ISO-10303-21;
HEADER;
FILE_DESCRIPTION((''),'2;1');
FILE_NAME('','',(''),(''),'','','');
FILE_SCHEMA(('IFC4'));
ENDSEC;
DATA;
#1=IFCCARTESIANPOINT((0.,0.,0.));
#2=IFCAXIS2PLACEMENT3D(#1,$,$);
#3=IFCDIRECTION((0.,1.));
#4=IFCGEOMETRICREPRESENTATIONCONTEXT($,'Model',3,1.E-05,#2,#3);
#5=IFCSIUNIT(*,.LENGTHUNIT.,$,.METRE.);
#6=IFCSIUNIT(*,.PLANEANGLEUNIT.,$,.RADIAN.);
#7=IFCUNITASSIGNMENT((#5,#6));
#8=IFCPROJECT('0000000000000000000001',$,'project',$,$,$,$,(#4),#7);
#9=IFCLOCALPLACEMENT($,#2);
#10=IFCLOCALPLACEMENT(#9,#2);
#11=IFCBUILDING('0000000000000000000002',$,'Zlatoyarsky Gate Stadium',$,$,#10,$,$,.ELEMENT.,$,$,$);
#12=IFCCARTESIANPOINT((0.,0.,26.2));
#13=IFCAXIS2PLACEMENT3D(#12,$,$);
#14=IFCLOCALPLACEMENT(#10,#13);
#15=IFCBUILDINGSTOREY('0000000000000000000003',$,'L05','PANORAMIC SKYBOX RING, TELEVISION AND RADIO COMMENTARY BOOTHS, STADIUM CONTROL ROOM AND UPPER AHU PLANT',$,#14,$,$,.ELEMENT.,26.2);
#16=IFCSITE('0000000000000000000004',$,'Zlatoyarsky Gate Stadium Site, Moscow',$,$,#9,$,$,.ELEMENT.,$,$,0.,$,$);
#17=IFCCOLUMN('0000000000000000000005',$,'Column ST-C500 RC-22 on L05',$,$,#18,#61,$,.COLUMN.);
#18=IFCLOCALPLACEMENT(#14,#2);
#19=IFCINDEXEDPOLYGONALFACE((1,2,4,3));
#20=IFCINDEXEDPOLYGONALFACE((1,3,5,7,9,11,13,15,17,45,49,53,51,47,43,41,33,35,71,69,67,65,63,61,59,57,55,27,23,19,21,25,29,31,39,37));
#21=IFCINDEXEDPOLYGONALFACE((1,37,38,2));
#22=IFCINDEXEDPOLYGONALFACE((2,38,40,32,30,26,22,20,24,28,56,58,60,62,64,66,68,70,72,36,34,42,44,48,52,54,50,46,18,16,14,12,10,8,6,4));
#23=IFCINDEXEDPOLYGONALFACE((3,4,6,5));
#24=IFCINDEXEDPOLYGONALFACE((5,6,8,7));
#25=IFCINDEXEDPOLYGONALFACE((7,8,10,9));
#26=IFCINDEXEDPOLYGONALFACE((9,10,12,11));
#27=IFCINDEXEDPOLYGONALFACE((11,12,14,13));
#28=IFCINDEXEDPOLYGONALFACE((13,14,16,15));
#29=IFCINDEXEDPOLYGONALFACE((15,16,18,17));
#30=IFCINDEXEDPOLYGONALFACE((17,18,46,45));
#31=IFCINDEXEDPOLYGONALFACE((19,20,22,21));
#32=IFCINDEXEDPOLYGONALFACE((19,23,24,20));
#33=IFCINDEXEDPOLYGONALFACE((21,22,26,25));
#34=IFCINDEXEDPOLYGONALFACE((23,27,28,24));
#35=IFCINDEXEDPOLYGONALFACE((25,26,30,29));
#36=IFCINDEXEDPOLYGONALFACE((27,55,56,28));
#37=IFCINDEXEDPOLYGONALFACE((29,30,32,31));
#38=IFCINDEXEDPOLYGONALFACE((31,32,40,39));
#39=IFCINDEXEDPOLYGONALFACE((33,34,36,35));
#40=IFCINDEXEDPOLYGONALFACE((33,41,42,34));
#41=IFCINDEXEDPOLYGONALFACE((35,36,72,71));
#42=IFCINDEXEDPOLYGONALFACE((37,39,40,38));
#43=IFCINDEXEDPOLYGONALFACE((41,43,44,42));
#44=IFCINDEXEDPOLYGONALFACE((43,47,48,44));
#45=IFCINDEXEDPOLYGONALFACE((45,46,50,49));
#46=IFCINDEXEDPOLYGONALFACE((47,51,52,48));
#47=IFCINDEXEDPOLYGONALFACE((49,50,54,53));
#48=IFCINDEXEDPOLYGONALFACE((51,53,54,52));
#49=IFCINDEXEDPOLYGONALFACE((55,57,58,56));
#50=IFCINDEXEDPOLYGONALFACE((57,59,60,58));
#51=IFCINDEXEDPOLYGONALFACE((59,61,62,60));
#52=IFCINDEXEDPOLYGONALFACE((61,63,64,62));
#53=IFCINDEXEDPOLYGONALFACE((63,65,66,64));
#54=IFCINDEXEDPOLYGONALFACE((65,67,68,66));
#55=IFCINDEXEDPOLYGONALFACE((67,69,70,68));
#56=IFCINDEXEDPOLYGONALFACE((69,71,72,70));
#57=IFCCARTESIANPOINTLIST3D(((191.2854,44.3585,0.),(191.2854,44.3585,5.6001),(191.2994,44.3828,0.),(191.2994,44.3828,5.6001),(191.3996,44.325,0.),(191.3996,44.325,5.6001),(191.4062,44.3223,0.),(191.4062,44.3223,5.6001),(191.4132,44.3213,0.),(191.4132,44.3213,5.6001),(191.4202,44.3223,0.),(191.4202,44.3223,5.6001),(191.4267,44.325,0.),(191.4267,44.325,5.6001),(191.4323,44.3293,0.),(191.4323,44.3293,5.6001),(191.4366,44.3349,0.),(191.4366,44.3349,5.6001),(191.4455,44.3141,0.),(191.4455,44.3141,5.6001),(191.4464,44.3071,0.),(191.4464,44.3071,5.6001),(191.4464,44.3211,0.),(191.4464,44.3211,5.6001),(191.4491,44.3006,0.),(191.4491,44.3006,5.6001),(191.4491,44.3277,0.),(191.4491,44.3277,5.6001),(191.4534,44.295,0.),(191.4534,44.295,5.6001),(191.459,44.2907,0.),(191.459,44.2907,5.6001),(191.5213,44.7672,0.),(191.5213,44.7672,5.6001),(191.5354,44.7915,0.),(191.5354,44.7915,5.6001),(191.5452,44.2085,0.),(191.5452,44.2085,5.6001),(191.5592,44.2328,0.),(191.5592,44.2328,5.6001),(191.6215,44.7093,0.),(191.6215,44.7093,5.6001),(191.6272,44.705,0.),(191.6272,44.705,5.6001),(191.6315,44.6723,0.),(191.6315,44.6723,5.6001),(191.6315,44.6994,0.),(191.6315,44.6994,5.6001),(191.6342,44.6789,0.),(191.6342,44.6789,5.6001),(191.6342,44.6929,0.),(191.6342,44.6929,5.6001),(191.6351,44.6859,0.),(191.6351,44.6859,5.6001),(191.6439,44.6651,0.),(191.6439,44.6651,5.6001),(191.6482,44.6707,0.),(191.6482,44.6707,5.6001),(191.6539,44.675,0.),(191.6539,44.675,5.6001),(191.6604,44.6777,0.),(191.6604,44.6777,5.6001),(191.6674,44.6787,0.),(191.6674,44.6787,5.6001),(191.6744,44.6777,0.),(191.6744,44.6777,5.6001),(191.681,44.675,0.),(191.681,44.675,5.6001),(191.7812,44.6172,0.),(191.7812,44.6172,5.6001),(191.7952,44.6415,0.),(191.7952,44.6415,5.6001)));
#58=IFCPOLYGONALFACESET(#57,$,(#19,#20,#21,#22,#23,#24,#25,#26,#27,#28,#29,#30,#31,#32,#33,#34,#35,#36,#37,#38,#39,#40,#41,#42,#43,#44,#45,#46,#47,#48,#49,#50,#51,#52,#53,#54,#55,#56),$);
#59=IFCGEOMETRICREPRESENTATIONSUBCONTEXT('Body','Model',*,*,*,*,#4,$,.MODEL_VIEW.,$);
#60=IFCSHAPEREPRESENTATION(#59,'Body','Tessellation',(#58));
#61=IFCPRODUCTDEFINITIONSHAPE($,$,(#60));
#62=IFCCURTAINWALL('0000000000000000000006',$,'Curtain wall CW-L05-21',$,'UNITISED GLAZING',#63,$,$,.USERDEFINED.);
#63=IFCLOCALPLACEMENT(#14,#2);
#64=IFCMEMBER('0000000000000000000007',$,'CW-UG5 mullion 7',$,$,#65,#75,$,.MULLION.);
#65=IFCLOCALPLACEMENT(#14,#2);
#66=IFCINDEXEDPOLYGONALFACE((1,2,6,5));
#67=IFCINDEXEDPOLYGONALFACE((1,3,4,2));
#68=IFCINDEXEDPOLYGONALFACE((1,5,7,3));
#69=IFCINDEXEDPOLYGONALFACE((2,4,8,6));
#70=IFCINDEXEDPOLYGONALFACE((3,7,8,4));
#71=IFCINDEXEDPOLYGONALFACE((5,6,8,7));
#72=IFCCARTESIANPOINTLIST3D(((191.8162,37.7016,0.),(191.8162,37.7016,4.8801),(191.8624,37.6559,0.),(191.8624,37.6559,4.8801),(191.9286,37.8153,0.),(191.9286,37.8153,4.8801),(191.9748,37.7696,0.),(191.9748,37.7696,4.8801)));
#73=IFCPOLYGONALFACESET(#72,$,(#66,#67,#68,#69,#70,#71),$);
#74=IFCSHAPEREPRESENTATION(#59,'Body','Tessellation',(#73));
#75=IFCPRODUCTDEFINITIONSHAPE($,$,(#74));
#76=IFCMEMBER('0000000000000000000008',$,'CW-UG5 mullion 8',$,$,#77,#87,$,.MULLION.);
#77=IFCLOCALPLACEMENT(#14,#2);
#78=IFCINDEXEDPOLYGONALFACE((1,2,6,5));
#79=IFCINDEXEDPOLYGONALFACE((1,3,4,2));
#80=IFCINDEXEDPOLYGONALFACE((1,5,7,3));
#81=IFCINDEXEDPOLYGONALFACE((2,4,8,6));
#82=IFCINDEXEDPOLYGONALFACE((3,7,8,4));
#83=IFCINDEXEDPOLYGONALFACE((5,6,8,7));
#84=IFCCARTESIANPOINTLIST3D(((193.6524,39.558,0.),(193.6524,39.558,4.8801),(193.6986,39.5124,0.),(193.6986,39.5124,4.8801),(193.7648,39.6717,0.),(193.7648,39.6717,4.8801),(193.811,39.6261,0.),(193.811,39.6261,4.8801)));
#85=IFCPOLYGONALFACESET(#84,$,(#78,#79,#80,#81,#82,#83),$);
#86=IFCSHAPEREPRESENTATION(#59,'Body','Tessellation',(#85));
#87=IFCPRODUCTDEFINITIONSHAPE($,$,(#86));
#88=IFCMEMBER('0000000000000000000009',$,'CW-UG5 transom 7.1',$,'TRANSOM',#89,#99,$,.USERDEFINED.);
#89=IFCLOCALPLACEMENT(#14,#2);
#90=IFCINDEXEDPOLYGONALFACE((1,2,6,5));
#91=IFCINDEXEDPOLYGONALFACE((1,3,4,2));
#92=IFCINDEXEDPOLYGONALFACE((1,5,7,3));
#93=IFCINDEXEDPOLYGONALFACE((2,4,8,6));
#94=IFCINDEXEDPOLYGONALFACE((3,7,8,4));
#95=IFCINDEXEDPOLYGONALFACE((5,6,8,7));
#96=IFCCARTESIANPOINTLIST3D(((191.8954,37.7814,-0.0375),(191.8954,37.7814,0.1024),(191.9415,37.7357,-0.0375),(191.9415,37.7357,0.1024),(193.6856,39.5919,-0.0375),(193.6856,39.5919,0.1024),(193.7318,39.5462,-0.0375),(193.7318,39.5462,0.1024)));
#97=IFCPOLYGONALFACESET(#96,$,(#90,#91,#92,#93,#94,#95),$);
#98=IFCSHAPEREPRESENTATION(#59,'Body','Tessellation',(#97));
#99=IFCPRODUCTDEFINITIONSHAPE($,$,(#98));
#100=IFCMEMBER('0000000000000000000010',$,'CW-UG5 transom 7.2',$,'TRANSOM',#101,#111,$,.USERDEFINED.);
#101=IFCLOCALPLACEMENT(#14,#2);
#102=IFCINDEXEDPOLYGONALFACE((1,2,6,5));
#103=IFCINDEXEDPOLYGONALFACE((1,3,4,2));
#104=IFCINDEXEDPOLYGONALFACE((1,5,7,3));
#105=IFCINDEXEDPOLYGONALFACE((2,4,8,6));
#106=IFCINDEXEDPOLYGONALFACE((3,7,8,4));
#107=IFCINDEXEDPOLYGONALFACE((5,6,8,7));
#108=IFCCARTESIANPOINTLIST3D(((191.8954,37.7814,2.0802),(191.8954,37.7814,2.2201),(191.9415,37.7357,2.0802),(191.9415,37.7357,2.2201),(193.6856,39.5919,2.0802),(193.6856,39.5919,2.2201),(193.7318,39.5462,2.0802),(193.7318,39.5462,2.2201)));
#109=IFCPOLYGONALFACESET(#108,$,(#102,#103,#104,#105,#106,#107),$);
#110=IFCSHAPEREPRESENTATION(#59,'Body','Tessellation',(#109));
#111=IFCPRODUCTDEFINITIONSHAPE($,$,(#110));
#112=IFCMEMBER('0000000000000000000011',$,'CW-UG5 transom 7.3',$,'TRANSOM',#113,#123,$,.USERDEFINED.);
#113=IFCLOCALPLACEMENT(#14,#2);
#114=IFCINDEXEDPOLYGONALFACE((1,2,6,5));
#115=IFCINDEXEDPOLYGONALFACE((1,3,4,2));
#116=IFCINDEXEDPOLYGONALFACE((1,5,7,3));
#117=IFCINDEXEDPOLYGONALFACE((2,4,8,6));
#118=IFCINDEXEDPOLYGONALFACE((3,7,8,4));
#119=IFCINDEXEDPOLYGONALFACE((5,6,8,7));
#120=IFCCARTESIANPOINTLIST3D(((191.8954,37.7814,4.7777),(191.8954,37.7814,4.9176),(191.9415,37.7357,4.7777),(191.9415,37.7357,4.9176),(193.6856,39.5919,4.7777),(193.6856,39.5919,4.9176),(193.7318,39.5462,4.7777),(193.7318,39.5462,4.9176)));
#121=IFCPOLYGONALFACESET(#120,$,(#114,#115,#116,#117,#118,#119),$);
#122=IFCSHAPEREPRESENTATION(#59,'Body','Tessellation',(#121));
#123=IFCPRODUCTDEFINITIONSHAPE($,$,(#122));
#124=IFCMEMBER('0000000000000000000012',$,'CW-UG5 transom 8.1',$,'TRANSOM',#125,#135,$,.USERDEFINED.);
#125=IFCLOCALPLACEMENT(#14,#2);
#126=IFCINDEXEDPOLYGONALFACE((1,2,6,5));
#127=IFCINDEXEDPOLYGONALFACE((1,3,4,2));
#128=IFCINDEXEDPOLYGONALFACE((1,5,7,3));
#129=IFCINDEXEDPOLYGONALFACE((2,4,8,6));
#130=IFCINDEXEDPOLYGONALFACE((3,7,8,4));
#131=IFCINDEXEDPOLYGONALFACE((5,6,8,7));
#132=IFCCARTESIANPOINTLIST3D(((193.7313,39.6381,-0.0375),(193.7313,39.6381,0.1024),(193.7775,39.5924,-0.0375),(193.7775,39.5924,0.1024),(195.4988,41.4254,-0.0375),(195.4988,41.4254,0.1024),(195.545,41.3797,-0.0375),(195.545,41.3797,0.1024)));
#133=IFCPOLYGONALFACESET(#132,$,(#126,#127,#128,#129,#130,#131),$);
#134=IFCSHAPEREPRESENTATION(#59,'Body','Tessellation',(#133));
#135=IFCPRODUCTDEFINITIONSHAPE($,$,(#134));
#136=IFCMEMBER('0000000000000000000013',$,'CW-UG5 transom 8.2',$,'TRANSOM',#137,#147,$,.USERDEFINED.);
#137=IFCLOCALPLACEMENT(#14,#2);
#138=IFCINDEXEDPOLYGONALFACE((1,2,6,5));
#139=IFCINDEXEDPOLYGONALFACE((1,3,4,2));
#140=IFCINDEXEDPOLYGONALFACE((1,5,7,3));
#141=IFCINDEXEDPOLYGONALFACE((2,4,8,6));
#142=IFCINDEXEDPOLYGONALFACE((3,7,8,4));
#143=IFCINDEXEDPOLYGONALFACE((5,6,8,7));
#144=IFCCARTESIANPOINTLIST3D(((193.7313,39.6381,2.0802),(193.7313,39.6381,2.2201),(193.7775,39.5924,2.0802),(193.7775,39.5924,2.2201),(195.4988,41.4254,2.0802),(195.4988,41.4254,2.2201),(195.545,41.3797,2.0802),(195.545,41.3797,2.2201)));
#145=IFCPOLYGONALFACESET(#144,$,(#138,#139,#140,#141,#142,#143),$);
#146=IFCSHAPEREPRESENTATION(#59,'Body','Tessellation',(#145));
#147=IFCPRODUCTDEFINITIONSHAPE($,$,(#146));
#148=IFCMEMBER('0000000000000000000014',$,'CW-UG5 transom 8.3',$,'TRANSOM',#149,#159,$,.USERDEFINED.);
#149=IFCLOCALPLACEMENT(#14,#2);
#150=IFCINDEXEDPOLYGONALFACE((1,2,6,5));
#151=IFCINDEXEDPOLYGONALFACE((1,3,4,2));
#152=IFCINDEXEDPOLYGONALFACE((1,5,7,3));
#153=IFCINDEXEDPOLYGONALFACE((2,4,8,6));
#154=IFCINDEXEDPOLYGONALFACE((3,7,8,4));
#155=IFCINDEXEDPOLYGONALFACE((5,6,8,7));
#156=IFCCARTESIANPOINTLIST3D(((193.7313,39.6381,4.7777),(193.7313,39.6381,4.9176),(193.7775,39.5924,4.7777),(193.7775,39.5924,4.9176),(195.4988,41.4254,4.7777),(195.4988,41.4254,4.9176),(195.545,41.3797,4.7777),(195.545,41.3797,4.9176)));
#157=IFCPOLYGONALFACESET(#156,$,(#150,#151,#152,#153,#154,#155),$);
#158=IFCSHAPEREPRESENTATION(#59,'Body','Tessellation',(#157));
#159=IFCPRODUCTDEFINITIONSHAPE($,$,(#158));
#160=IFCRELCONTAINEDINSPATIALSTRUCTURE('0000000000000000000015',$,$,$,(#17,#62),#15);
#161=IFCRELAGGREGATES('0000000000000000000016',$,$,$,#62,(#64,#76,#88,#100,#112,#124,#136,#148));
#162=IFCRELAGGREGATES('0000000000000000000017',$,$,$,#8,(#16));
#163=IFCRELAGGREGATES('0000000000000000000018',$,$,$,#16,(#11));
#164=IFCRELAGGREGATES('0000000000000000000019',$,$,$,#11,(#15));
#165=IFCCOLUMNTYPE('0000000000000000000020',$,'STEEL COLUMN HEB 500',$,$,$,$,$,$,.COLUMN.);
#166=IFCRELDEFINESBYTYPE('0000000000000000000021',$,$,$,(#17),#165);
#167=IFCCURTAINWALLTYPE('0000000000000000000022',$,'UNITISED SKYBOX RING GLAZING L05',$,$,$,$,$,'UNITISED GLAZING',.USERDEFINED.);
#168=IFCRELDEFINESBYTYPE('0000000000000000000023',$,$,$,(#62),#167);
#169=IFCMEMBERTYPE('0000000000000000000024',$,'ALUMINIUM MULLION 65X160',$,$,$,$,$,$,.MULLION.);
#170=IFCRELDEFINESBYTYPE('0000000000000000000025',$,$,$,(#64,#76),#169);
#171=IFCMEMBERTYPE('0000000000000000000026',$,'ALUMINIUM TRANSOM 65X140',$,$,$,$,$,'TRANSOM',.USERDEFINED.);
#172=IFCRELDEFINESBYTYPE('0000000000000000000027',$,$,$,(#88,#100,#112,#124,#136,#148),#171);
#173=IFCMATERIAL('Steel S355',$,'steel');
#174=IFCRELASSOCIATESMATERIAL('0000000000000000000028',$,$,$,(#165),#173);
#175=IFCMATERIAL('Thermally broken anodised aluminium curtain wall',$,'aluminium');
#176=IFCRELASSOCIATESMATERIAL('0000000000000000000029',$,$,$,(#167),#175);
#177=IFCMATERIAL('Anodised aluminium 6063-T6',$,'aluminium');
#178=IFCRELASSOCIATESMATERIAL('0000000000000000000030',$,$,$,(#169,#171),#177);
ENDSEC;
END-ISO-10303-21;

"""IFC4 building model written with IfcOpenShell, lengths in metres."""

from ifc_helpers import new_model, si_unit, direction, frame, origin, origin_2d, place, context, subcontext, project, spatial, rectangle, i_section, extrude, material, material_profile, profile_set, type_object, element, aggregate, save


model = new_model("IFC4")

# Units and contexts
model_context = context("Model", 3, precision=1e-05, world=origin(), true_north=direction((0.0, 1.0)))
body_context = subcontext(model_context, "Body", "Model", "MODEL_VIEW")
ifc_project = project(units=[si_unit("LENGTHUNIT", "METRE"), si_unit("PLANEANGLEUNIT", "RADIAN")], contexts=[model_context])

# Site, building, storey
site_placement = place(None, origin())
site = spatial("IfcSite", under=ifc_project, at=site_placement, Name="Zlatoyarsky Gate Stadium Site, Moscow", CompositionType="ELEMENT", RefElevation=0.0)
building_placement = place(site_placement, origin())
building = spatial("IfcBuilding", under=site, at=building_placement, Name="Zlatoyarsky Gate Stadium", CompositionType="ELEMENT")
storey_placement = place(building_placement, frame((0.0, 0.0, 26.2)))
storey = spatial("IfcBuildingStorey", under=building, at=storey_placement, Name="L05", Description="PANORAMIC SKYBOX RING, TELEVISION AND RADIO COMMENTARY BOOTHS, STADIUM CONTROL ROOM AND UPPER AHU PLANT", CompositionType="ELEMENT", Elevation=26.2)

# Column
ifc_material_1 = material(Name="Steel S355", Category="steel")
ifc_material_profile_1 = material_profile(ifc_material_1, i_section(OverallWidth=0.3, OverallDepth=0.5, WebThickness=0.0144, FlangeThickness=0.0281, FilletRadius=0.0271, at=origin_2d()), Name="HEB 500")
ifc_profile_set_1 = profile_set([ifc_material_profile_1], Name="Steel S355")
column_type = type_object("IfcColumnType", Name="STEEL COLUMN HEB 500", PredefinedType="COLUMN", material=ifc_profile_set_1)
column_placement = place(storey_placement, frame((191.5403, 44.5, 0.0), z_axis=(0.0, 0.0, 1.0), x_axis=(0.866025, -0.5, 0.0)))
element("IfcColumn", 1, at=column_placement, inside=storey, type_object=column_type, Name="Column ST-C500 RC-22 on L05", PredefinedType="COLUMN", context=body_context, shape_type="SweptSolid", body=[
    extrude(i_section(OverallWidth=0.3, OverallDepth=0.5, WebThickness=0.0144, FlangeThickness=0.0281, FilletRadius=0.0271, at=origin_2d()), origin(), (0.0, 0.0, 1.0), 5.6001),
])

# Curtain wall, members
ifc_material_2 = material(Name="Thermally broken anodised aluminium curtain wall", Category="aluminium")
curtain_wall_type = type_object("IfcCurtainWallType", Name="UNITISED SKYBOX RING GLAZING L05", ElementType="UNITISED GLAZING", PredefinedType="USERDEFINED", material=ifc_material_2)
curtain_wall_placement = place(storey_placement, origin())
curtain_wall = element("IfcCurtainWall", 2, at=curtain_wall_placement, inside=storey, type_object=curtain_wall_type, Name="Curtain wall CW-L05-21", ObjectType="UNITISED GLAZING", PredefinedType="USERDEFINED")
ifc_material_3 = material(Name="Anodised aluminium 6063-T6", Category="aluminium")
ifc_material_profile_2 = material_profile(ifc_material_3, rectangle(XDim=0.0649, YDim=0.1599, at=origin_2d()), Name="ALU 65X160")
ifc_profile_set_2 = profile_set([ifc_material_profile_2], Name="Anodised aluminium 6063-T6")
member_type_1 = type_object("IfcMemberType", Name="ALUMINIUM MULLION 65X160", PredefinedType="MULLION", material=ifc_profile_set_2)
member_1_placement = place(storey_placement, frame((191.8955, 37.7356, 0.0), z_axis=(0.0, 0.0, 1.0), x_axis=(-0.711033, 0.703158, 0.0)))
member_1 = element("IfcMember", 3, at=member_1_placement, type_object=member_type_1, Name="CW-UG5 mullion 7", PredefinedType="MULLION", context=body_context, shape_type="SweptSolid", body=[
    extrude(rectangle(XDim=0.0649, YDim=0.1599, at=origin_2d()), origin(), (0.0, 0.0, 1.0), 4.8801),
])
member_2_placement = place(storey_placement, frame((193.7317, 39.592, 0.0), z_axis=(0.0, 0.0, 1.0), x_axis=(-0.711033, 0.703158, 0.0)))
member_2 = element("IfcMember", 4, at=member_2_placement, type_object=member_type_1, Name="CW-UG5 mullion 8", PredefinedType="MULLION", context=body_context, shape_type="SweptSolid", body=[
    extrude(rectangle(XDim=0.0649, YDim=0.1599, at=origin_2d()), origin(), (0.0, 0.0, 1.0), 4.8801),
])
ifc_material_profile_3 = material_profile(ifc_material_3, rectangle(XDim=0.0649, YDim=0.1399, at=origin_2d()), Name="ALU 65X140")
ifc_profile_set_3 = profile_set([ifc_material_profile_3], Name="Anodised aluminium 6063-T6")
member_type_2 = type_object("IfcMemberType", Name="ALUMINIUM TRANSOM 65X140", ElementType="TRANSOM", PredefinedType="USERDEFINED", material=ifc_profile_set_3)
member_3_placement = place(storey_placement, frame((191.9185, 37.7585, 0.0325), z_axis=(0.703116, 0.711075, 0.0), x_axis=(-0.711075, 0.703116, 0.0)))
member_3 = element("IfcMember", 5, at=member_3_placement, type_object=member_type_2, Name="CW-UG5 transom 7.1", ObjectType="TRANSOM", PredefinedType="USERDEFINED", context=body_context, shape_type="SweptSolid", body=[
    extrude(rectangle(XDim=0.0649, YDim=0.1399, at=origin_2d()), origin(), (0.0, 0.0, 1.0), 2.5461),
])
member_4_placement = place(storey_placement, frame((191.9185, 37.7585, 2.1501), z_axis=(0.703116, 0.711075, 0.0), x_axis=(-0.711075, 0.703116, 0.0)))
member_4 = element("IfcMember", 6, at=member_4_placement, type_object=member_type_2, Name="CW-UG5 transom 7.2", ObjectType="TRANSOM", PredefinedType="USERDEFINED", context=body_context, shape_type="SweptSolid", body=[
    extrude(rectangle(XDim=0.0649, YDim=0.1399, at=origin_2d()), origin(), (0.0, 0.0, 1.0), 2.5461),
])
member_5_placement = place(storey_placement, frame((191.9185, 37.7585, 4.8477), z_axis=(0.703116, 0.711075, 0.0), x_axis=(-0.711075, 0.703116, 0.0)))
member_5 = element("IfcMember", 7, at=member_5_placement, type_object=member_type_2, Name="CW-UG5 transom 7.3", ObjectType="TRANSOM", PredefinedType="USERDEFINED", context=body_context, shape_type="SweptSolid", body=[
    extrude(rectangle(XDim=0.0649, YDim=0.1399, at=origin_2d()), origin(), (0.0, 0.0, 1.0), 2.5461),
])
member_6_placement = place(storey_placement, frame((193.7544, 39.6152, 0.0325), z_axis=(0.703162, 0.711029, 0.0), x_axis=(-0.711029, 0.703162, 0.0)))
member_6 = element("IfcMember", 8, at=member_6_placement, type_object=member_type_2, Name="CW-UG5 transom 8.1", ObjectType="TRANSOM", PredefinedType="USERDEFINED", context=body_context, shape_type="SweptSolid", body=[
    extrude(rectangle(XDim=0.0649, YDim=0.1399, at=origin_2d()), origin(), (0.0, 0.0, 1.0), 2.5137),
])
member_7_placement = place(storey_placement, frame((193.7544, 39.6152, 2.1501), z_axis=(0.703162, 0.711029, 0.0), x_axis=(-0.711029, 0.703162, 0.0)))
member_7 = element("IfcMember", 9, at=member_7_placement, type_object=member_type_2, Name="CW-UG5 transom 8.2", ObjectType="TRANSOM", PredefinedType="USERDEFINED", context=body_context, shape_type="SweptSolid", body=[
    extrude(rectangle(XDim=0.0649, YDim=0.1399, at=origin_2d()), origin(), (0.0, 0.0, 1.0), 2.5137),
])
member_8_placement = place(storey_placement, frame((193.7544, 39.6152, 4.8477), z_axis=(0.703162, 0.711029, 0.0), x_axis=(-0.711029, 0.703162, 0.0)))
member_8 = element("IfcMember", 10, at=member_8_placement, type_object=member_type_2, Name="CW-UG5 transom 8.3", ObjectType="TRANSOM", PredefinedType="USERDEFINED", context=body_context, shape_type="SweptSolid", body=[
    extrude(rectangle(XDim=0.0649, YDim=0.1399, at=origin_2d()), origin(), (0.0, 0.0, 1.0), 2.5137),
])

aggregate(curtain_wall, [member_1, member_2, member_3, member_4, member_5, member_6, member_7, member_8])

save(model, "model.ifc")
